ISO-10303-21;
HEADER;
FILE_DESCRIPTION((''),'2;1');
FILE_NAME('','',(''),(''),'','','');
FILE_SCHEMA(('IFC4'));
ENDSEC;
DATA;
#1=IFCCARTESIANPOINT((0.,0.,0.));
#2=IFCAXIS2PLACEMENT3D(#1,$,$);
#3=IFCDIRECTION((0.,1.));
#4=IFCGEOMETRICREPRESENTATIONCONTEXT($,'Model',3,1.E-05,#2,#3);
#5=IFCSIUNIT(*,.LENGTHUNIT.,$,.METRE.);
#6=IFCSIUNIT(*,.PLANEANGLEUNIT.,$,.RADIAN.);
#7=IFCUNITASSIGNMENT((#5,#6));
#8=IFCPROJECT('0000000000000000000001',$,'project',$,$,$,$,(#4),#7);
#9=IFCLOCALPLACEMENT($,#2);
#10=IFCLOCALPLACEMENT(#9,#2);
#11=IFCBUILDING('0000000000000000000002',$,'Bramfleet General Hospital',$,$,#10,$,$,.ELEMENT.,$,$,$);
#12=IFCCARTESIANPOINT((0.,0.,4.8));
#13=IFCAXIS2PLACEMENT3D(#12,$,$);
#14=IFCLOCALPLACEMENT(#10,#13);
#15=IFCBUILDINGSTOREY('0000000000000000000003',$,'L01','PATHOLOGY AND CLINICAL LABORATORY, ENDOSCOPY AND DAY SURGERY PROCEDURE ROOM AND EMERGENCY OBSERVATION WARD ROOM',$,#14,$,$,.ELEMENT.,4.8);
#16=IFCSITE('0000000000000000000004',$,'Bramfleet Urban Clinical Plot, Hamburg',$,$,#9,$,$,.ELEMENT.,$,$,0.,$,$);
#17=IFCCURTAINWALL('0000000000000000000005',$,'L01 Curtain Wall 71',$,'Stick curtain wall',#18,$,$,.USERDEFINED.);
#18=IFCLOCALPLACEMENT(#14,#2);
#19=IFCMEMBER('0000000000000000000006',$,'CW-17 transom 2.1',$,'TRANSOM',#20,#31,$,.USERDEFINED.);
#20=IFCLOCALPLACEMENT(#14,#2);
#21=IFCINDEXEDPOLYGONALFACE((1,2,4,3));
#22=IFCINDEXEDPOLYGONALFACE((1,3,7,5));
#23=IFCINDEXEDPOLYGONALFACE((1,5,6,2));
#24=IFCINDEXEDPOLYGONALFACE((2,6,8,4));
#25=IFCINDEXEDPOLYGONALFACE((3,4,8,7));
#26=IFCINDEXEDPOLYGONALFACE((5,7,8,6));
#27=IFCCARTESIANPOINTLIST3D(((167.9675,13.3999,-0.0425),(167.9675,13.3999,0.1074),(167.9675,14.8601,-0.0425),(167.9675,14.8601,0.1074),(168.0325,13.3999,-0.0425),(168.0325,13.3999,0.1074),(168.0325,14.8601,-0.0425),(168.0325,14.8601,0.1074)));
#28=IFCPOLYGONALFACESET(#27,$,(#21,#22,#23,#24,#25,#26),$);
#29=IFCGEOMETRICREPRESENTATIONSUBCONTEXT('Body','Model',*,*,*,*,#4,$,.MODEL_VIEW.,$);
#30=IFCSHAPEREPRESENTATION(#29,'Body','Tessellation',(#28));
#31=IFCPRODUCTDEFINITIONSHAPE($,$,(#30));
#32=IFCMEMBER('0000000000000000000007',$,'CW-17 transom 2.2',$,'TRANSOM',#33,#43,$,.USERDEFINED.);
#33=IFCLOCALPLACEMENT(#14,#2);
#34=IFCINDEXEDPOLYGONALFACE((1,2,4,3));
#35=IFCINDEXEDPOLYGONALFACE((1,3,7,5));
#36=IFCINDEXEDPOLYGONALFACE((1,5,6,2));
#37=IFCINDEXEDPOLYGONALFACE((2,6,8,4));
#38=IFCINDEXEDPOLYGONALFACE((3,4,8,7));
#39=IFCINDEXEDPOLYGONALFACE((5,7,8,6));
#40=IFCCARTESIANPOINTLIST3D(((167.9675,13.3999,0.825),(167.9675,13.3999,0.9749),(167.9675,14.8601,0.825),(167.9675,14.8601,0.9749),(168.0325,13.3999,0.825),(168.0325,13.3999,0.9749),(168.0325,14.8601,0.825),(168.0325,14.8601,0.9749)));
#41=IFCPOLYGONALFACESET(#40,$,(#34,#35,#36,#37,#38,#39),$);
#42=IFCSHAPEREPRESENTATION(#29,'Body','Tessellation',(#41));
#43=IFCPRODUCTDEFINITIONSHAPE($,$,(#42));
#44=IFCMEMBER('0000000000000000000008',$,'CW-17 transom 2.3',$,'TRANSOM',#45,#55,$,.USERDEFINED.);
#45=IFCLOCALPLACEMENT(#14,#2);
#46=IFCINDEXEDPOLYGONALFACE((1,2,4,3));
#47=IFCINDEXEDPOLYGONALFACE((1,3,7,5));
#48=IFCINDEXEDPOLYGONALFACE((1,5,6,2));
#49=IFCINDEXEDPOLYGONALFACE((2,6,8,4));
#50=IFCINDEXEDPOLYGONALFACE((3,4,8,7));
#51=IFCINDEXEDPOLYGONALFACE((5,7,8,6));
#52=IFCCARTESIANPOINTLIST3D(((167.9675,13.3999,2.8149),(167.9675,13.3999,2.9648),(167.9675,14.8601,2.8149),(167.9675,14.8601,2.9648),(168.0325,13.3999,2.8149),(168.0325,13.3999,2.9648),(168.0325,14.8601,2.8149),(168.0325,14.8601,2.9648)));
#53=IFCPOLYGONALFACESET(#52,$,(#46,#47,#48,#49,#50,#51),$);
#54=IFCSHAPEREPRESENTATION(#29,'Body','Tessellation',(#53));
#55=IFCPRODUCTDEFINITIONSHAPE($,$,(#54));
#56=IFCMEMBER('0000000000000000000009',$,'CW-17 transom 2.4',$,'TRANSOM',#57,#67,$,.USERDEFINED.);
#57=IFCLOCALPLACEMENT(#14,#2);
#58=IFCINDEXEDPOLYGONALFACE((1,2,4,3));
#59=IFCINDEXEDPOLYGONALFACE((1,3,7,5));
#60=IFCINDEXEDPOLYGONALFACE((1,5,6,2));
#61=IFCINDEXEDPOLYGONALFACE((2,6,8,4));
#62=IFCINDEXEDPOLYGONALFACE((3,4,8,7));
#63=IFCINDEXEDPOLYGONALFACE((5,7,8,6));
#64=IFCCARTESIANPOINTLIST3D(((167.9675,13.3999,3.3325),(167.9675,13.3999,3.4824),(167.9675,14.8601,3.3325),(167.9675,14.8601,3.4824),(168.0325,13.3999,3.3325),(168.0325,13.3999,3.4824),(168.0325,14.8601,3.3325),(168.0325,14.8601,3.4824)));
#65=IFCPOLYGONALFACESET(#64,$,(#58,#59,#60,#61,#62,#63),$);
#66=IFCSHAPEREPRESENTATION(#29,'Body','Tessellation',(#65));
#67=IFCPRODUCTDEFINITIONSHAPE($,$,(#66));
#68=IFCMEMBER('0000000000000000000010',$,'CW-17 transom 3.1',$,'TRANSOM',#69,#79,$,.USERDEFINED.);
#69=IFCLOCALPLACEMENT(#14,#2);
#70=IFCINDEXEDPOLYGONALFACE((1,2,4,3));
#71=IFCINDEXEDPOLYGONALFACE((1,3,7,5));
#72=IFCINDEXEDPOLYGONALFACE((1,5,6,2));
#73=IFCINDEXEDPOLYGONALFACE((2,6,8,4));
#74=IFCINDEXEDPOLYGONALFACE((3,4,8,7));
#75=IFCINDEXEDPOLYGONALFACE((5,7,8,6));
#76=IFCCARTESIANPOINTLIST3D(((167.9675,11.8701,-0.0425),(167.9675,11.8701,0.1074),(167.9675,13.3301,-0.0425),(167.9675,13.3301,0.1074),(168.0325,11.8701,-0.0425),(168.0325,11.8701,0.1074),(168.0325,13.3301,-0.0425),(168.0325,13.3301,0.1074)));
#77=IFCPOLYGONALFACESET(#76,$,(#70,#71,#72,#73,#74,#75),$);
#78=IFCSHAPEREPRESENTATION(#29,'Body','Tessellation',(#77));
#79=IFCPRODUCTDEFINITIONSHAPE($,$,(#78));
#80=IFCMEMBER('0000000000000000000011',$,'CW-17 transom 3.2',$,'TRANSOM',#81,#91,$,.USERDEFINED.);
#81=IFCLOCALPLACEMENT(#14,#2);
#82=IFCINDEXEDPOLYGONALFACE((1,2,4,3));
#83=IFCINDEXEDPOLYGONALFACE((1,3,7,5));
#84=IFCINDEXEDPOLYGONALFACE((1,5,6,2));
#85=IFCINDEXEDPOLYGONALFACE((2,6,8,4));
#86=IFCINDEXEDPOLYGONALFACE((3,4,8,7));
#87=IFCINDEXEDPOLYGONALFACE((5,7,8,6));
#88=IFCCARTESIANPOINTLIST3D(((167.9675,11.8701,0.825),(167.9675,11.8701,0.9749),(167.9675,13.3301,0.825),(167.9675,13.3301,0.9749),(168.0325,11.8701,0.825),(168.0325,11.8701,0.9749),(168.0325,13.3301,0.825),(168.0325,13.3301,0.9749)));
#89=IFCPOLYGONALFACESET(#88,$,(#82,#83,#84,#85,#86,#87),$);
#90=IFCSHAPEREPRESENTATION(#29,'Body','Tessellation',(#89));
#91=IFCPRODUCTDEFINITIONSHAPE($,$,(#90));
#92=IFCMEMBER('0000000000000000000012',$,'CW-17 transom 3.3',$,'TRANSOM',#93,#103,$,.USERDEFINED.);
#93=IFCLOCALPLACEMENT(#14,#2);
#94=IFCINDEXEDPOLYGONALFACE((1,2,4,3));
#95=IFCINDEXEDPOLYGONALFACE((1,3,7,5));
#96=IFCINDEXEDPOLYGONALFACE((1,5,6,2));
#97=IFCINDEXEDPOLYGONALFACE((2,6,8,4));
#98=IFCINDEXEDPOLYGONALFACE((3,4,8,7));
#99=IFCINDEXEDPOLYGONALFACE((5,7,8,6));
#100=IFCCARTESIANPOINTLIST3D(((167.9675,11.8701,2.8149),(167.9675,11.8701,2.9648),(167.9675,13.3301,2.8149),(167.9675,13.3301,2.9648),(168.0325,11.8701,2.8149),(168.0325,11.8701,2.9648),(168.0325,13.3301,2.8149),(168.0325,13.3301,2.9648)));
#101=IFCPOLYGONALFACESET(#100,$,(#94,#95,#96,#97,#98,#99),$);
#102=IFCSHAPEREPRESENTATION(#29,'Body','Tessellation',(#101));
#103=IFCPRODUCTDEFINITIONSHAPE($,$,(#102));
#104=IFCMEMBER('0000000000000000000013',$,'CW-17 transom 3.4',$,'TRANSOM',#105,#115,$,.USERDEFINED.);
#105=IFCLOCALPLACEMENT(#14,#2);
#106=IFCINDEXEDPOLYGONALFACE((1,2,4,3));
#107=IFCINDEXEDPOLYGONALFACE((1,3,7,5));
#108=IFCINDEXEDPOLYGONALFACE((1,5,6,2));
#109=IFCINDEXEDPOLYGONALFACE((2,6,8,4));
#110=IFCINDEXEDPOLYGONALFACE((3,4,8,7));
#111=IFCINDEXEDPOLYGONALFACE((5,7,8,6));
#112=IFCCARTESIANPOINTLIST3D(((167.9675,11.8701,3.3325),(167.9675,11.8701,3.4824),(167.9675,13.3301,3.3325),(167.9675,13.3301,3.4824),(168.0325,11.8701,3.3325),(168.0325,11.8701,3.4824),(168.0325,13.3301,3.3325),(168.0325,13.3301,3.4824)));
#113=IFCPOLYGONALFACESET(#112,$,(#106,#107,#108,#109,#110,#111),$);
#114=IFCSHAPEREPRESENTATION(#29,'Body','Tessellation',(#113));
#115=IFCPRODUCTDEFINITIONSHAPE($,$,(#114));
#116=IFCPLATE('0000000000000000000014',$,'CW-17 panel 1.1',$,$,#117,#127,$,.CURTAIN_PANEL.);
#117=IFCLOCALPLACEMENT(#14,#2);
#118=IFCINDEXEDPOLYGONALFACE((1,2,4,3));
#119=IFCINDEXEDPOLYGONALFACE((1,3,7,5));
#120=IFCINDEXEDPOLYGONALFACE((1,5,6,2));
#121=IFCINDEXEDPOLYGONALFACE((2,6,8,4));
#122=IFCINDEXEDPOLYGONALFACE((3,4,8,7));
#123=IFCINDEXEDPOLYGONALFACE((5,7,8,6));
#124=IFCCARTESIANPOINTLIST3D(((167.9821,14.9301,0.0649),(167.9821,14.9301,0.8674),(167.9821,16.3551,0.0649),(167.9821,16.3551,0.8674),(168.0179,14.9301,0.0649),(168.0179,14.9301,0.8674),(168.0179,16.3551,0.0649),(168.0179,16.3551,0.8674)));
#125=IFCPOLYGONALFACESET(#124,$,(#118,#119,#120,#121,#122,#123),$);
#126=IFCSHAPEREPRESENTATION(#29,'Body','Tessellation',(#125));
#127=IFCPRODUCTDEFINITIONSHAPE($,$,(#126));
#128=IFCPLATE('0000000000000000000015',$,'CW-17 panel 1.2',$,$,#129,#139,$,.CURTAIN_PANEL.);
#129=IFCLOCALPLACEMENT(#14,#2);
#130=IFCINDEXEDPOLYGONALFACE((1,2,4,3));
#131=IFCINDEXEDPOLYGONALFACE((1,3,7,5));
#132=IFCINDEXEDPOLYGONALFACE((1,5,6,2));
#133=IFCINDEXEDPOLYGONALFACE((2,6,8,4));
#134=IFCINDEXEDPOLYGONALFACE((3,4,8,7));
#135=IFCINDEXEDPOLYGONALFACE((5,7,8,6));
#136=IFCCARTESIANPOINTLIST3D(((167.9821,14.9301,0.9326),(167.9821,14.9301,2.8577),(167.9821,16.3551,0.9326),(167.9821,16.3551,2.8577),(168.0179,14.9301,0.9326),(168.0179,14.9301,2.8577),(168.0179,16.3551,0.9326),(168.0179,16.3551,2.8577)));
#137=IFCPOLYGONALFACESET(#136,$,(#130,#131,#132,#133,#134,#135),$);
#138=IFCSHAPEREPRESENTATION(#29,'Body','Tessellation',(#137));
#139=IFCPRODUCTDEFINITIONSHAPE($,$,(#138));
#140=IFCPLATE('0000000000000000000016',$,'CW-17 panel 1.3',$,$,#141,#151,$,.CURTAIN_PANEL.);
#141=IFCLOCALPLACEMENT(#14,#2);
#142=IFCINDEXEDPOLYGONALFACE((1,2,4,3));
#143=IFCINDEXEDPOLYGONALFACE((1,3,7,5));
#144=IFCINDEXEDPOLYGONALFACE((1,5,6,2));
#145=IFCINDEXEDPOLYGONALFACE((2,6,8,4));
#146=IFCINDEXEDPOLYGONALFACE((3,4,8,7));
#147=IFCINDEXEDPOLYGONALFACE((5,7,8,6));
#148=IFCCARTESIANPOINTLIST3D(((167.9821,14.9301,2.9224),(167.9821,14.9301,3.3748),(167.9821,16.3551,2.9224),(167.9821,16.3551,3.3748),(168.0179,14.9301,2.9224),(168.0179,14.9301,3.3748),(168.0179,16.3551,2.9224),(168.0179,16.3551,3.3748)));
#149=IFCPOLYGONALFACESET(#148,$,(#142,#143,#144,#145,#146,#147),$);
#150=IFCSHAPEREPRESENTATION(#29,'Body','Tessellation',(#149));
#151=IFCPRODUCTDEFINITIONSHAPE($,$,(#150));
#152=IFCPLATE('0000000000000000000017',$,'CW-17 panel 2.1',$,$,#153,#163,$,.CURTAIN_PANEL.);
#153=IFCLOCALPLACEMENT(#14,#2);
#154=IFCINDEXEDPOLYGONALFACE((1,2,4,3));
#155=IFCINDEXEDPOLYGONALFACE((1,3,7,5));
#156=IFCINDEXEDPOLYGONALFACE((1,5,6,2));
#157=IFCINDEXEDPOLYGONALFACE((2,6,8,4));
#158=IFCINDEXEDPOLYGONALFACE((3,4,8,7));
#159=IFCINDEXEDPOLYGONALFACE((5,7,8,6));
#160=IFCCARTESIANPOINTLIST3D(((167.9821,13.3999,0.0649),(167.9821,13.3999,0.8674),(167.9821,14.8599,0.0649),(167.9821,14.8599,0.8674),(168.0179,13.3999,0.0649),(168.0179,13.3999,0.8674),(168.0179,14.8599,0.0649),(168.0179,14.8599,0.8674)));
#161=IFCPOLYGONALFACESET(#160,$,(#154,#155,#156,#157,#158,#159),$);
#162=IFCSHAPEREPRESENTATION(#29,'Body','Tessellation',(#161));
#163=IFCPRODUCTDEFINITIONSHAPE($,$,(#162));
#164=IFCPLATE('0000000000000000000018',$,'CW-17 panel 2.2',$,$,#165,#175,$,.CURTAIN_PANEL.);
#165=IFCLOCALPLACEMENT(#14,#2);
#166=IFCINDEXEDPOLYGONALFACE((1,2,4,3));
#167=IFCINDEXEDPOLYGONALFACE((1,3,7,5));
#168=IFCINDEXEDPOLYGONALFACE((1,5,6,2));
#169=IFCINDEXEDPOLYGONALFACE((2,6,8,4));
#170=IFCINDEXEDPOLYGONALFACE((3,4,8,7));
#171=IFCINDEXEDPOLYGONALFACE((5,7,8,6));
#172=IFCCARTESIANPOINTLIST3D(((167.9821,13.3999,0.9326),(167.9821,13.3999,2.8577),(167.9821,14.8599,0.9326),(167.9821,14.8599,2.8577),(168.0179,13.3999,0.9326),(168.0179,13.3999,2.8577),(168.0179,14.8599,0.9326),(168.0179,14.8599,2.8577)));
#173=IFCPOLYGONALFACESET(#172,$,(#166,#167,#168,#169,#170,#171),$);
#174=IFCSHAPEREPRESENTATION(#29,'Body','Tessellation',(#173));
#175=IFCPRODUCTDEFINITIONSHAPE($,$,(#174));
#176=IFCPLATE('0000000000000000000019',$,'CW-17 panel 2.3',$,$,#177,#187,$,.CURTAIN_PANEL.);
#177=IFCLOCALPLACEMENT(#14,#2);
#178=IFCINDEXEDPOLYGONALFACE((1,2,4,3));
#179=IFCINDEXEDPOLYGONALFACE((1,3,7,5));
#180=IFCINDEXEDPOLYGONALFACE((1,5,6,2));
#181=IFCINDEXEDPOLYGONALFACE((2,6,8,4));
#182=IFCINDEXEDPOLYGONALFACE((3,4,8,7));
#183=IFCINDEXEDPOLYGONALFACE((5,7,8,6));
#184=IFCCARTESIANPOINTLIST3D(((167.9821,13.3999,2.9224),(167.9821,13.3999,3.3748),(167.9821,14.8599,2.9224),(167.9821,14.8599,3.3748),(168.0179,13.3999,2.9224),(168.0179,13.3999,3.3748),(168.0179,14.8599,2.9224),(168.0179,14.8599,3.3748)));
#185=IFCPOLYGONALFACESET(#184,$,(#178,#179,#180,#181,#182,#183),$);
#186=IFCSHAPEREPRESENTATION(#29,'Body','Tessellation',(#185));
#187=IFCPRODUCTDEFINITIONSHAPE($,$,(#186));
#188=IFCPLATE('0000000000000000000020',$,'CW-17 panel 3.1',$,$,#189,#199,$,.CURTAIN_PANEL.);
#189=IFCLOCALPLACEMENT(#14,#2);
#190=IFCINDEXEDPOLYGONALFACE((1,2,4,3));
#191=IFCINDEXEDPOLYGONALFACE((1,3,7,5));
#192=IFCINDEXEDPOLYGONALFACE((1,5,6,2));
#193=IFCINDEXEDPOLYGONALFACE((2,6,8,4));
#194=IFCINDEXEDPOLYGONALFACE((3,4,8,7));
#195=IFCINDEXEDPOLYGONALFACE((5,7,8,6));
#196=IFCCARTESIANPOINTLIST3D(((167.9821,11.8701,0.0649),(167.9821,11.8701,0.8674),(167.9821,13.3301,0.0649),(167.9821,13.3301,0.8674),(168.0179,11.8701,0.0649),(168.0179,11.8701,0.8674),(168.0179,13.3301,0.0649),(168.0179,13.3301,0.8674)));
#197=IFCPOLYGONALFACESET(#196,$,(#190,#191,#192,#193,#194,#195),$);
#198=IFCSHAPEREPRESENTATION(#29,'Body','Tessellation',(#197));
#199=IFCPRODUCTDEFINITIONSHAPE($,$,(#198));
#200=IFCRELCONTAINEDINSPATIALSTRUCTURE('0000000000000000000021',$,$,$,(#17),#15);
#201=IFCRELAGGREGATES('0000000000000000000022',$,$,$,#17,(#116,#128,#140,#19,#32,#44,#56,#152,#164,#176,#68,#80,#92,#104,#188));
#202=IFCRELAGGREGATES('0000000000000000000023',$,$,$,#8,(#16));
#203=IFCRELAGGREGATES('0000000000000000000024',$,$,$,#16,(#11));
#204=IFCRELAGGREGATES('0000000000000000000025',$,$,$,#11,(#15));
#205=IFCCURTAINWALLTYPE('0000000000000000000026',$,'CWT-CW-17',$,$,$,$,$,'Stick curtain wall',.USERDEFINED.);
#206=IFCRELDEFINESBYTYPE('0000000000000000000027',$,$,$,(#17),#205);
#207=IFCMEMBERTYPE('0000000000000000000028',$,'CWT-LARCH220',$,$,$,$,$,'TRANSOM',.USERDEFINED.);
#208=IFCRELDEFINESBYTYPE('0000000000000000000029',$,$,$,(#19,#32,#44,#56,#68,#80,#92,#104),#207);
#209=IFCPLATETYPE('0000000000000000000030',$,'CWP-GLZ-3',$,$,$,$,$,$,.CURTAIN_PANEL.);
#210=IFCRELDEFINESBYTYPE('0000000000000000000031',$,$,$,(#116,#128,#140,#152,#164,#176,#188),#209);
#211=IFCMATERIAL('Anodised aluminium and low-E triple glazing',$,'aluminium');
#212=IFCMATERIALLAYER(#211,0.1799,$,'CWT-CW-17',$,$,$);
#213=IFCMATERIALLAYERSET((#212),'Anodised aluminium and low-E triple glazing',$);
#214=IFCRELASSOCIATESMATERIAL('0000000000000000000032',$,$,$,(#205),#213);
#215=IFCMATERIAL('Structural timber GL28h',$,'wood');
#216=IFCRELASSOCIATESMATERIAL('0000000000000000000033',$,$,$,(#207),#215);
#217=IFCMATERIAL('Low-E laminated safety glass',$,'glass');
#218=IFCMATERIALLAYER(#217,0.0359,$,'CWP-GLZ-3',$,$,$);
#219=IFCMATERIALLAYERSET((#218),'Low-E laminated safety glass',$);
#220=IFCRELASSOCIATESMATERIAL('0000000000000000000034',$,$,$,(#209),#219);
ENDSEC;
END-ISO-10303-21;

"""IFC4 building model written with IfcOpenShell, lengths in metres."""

from ifc_helpers import new_model, si_unit, direction, frame, origin, origin_2d, place, context, subcontext, project, spatial, rectangle, extrude, material, layer, layer_set, material_profile, profile_set, type_object, element, aggregate, save


model = new_model("IFC4")

# Units and contexts
model_context = context("Model", 3, precision=1e-05, world=origin(), true_north=direction((0.0, 1.0)))
body_context = subcontext(model_context, "Body", "Model", "MODEL_VIEW")
ifc_project = project(units=[si_unit("LENGTHUNIT", "METRE"), si_unit("PLANEANGLEUNIT", "RADIAN")], contexts=[model_context])

# Site, building, storey
site_placement = place(None, origin())
site = spatial("IfcSite", under=ifc_project, at=site_placement, Name="Bramfleet Urban Clinical Plot, Hamburg", CompositionType="ELEMENT", RefElevation=0.0)
building_placement = place(site_placement, origin())
building = spatial("IfcBuilding", under=site, at=building_placement, Name="Bramfleet General Hospital", CompositionType="ELEMENT")
storey_placement = place(building_placement, frame((0.0, 0.0, 4.8)))
storey = spatial("IfcBuildingStorey", under=building, at=storey_placement, Name="L01", Description="PATHOLOGY AND CLINICAL LABORATORY, ENDOSCOPY AND DAY SURGERY PROCEDURE ROOM AND EMERGENCY OBSERVATION WARD ROOM", CompositionType="ELEMENT", Elevation=4.8)

# Shared definitions
ifc_material_1 = material(Name="Anodised aluminium and low-E triple glazing", Category="aluminium")
ifc_material_2 = material(Name="Structural timber GL28h", Category="wood")

# Curtain wall, members, plates
ifc_layer_1 = layer(ifc_material_1, 0.1799, Name="CWT-CW-17")
ifc_layer_set_1 = layer_set([ifc_layer_1], Name="Anodised aluminium and low-E triple glazing")
curtain_wall_type_1 = type_object("IfcCurtainWallType", Name="CWT-CW-17", ElementType="Stick curtain wall", PredefinedType="USERDEFINED", material=ifc_layer_set_1)
curtain_wall_1_placement = place(storey_placement, origin())
curtain_wall_1 = element("IfcCurtainWall", 1, at=curtain_wall_1_placement, inside=storey, type_object=curtain_wall_type_1, Name="L01 Curtain Wall 71", ObjectType="Stick curtain wall", PredefinedType="USERDEFINED")
ifc_material_profile_1 = material_profile(ifc_material_2, rectangle(XDim=0.0649, YDim=0.1499, at=origin_2d()), Name="LARCH 150x65")
ifc_profile_set_1 = profile_set([ifc_material_profile_1], Name="Structural timber GL28h")
member_type_1 = type_object("IfcMemberType", Name="CWT-LARCH220", ElementType="TRANSOM", PredefinedType="USERDEFINED", material=ifc_profile_set_1)
member_1_placement = place(storey_placement, frame((168.0, 14.8601, 0.0325), z_axis=(0.0, -1.0, 0.0), x_axis=(1.0, 0.0, 0.0)))
member_1 = element("IfcMember", 2, at=member_1_placement, type_object=member_type_1, Name="CW-17 transom 2.1", ObjectType="TRANSOM", PredefinedType="USERDEFINED", context=body_context, shape_type="SweptSolid", body=[
    extrude(rectangle(XDim=0.0649, YDim=0.1499, at=origin_2d()), origin(), (0.0, 0.0, 1.0), 1.4602),
])
member_2_placement = place(storey_placement, frame((168.0, 14.8601, 0.8999), z_axis=(0.0, -1.0, 0.0), x_axis=(1.0, 0.0, 0.0)))
member_2 = element("IfcMember", 3, at=member_2_placement, type_object=member_type_1, Name="CW-17 transom 2.2", ObjectType="TRANSOM", PredefinedType="USERDEFINED", context=body_context, shape_type="SweptSolid", body=[
    extrude(rectangle(XDim=0.0649, YDim=0.1499, at=origin_2d()), origin(), (0.0, 0.0, 1.0), 1.4602),
])
member_3_placement = place(storey_placement, frame((168.0, 14.8601, 2.8899), z_axis=(0.0, -1.0, 0.0), x_axis=(1.0, 0.0, 0.0)))
member_3 = element("IfcMember", 4, at=member_3_placement, type_object=member_type_1, Name="CW-17 transom 2.3", ObjectType="TRANSOM", PredefinedType="USERDEFINED", context=body_context, shape_type="SweptSolid", body=[
    extrude(rectangle(XDim=0.0649, YDim=0.1499, at=origin_2d()), origin(), (0.0, 0.0, 1.0), 1.4602),
])
member_4_placement = place(storey_placement, frame((168.0, 14.8601, 3.4075), z_axis=(0.0, -1.0, 0.0), x_axis=(1.0, 0.0, 0.0)))
member_4 = element("IfcMember", 5, at=member_4_placement, type_object=member_type_1, Name="CW-17 transom 2.4", ObjectType="TRANSOM", PredefinedType="USERDEFINED", context=body_context, shape_type="SweptSolid", body=[
    extrude(rectangle(XDim=0.0649, YDim=0.1499, at=origin_2d()), origin(), (0.0, 0.0, 1.0), 1.4602),
])
member_5_placement = place(storey_placement, frame((168.0, 13.3301, 0.0325), z_axis=(0.0, -1.0, 0.0), x_axis=(1.0, 0.0, 0.0)))
member_5 = element("IfcMember", 6, at=member_5_placement, type_object=member_type_1, Name="CW-17 transom 3.1", ObjectType="TRANSOM", PredefinedType="USERDEFINED", context=body_context, shape_type="SweptSolid", body=[
    extrude(rectangle(XDim=0.0649, YDim=0.1499, at=origin_2d()), origin(), (0.0, 0.0, 1.0), 1.46),
])
member_6_placement = place(storey_placement, frame((168.0, 13.3301, 0.8999), z_axis=(0.0, -1.0, 0.0), x_axis=(1.0, 0.0, 0.0)))
member_6 = element("IfcMember", 7, at=member_6_placement, type_object=member_type_1, Name="CW-17 transom 3.2", ObjectType="TRANSOM", PredefinedType="USERDEFINED", context=body_context, shape_type="SweptSolid", body=[
    extrude(rectangle(XDim=0.0649, YDim=0.1499, at=origin_2d()), origin(), (0.0, 0.0, 1.0), 1.46),
])
member_7_placement = place(storey_placement, frame((168.0, 13.3301, 2.8899), z_axis=(0.0, -1.0, 0.0), x_axis=(1.0, 0.0, 0.0)))
member_7 = element("IfcMember", 8, at=member_7_placement, type_object=member_type_1, Name="CW-17 transom 3.3", ObjectType="TRANSOM", PredefinedType="USERDEFINED", context=body_context, shape_type="SweptSolid", body=[
    extrude(rectangle(XDim=0.0649, YDim=0.1499, at=origin_2d()), origin(), (0.0, 0.0, 1.0), 1.46),
])
member_8_placement = place(storey_placement, frame((168.0, 13.3301, 3.4075), z_axis=(0.0, -1.0, 0.0), x_axis=(1.0, 0.0, 0.0)))
member_8 = element("IfcMember", 9, at=member_8_placement, type_object=member_type_1, Name="CW-17 transom 3.4", ObjectType="TRANSOM", PredefinedType="USERDEFINED", context=body_context, shape_type="SweptSolid", body=[
    extrude(rectangle(XDim=0.0649, YDim=0.1499, at=origin_2d()), origin(), (0.0, 0.0, 1.0), 1.46),
])
ifc_material_3 = material(Name="Low-E laminated safety glass", Category="glass")
ifc_layer_2 = layer(ifc_material_3, 0.0359, Name="CWP-GLZ-3")
ifc_layer_set_2 = layer_set([ifc_layer_2], Name="Low-E laminated safety glass")
plate_type = type_object("IfcPlateType", Name="CWP-GLZ-3", PredefinedType="CURTAIN_PANEL", material=ifc_layer_set_2)
plate_1_placement = place(storey_placement, frame((168.0, 15.6426, 0.0649), z_axis=(0.0, 0.0, 1.0), x_axis=(0.0, -1.0, 0.0)))
plate_1 = element("IfcPlate", 10, at=plate_1_placement, type_object=plate_type, Name="CW-17 panel 1.1", PredefinedType="CURTAIN_PANEL", context=body_context, shape_type="SweptSolid", body=[
    extrude(rectangle(XDim=1.425, YDim=0.0359, at=origin_2d()), origin(), (0.0, 0.0, 1.0), 0.8025),
])
plate_2_placement = place(storey_placement, frame((168.0, 15.6426, 0.9326), z_axis=(0.0, 0.0, 1.0), x_axis=(0.0, -1.0, 0.0)))
plate_2 = element("IfcPlate", 11, at=plate_2_placement, type_object=plate_type, Name="CW-17 panel 1.2", PredefinedType="CURTAIN_PANEL", context=body_context, shape_type="SweptSolid", body=[
    extrude(rectangle(XDim=1.425, YDim=0.0359, at=origin_2d()), origin(), (0.0, 0.0, 1.0), 1.925),
])
plate_3_placement = place(storey_placement, frame((168.0, 15.6426, 2.9224), z_axis=(0.0, 0.0, 1.0), x_axis=(0.0, -1.0, 0.0)))
plate_3 = element("IfcPlate", 12, at=plate_3_placement, type_object=plate_type, Name="CW-17 panel 1.3", PredefinedType="CURTAIN_PANEL", context=body_context, shape_type="SweptSolid", body=[
    extrude(rectangle(XDim=1.425, YDim=0.0359, at=origin_2d()), origin(), (0.0, 0.0, 1.0), 0.4524),
])
plate_4_placement = place(storey_placement, frame((168.0, 14.1299, 0.0649), z_axis=(0.0, 0.0, 1.0), x_axis=(0.0, -1.0, 0.0)))
plate_4 = element("IfcPlate", 13, at=plate_4_placement, type_object=plate_type, Name="CW-17 panel 2.1", PredefinedType="CURTAIN_PANEL", context=body_context, shape_type="SweptSolid", body=[
    extrude(rectangle(XDim=1.46, YDim=0.0359, at=origin_2d()), origin(), (0.0, 0.0, 1.0), 0.8025),
])
plate_5_placement = place(storey_placement, frame((168.0, 14.1299, 0.9326), z_axis=(0.0, 0.0, 1.0), x_axis=(0.0, -1.0, 0.0)))
plate_5 = element("IfcPlate", 14, at=plate_5_placement, type_object=plate_type, Name="CW-17 panel 2.2", PredefinedType="CURTAIN_PANEL", context=body_context, shape_type="SweptSolid", body=[
    extrude(rectangle(XDim=1.46, YDim=0.0359, at=origin_2d()), origin(), (0.0, 0.0, 1.0), 1.925),
])
plate_6_placement = place(storey_placement, frame((168.0, 14.1299, 2.9224), z_axis=(0.0, 0.0, 1.0), x_axis=(0.0, -1.0, 0.0)))
plate_6 = element("IfcPlate", 15, at=plate_6_placement, type_object=plate_type, Name="CW-17 panel 2.3", PredefinedType="CURTAIN_PANEL", context=body_context, shape_type="SweptSolid", body=[
    extrude(rectangle(XDim=1.46, YDim=0.0359, at=origin_2d()), origin(), (0.0, 0.0, 1.0), 0.4524),
])
plate_7_placement = place(storey_placement, frame((168.0, 12.6001, 0.0649), z_axis=(0.0, 0.0, 1.0), x_axis=(0.0, -1.0, 0.0)))
plate_7 = element("IfcPlate", 16, at=plate_7_placement, type_object=plate_type, Name="CW-17 panel 3.1", PredefinedType="CURTAIN_PANEL", context=body_context, shape_type="SweptSolid", body=[
    extrude(rectangle(XDim=1.46, YDim=0.0359, at=origin_2d()), origin(), (0.0, 0.0, 1.0), 0.8025),
])
aggregate(curtain_wall_1, [plate_1, plate_2, plate_3, member_1, member_2, member_3, member_4, plate_4, plate_5, plate_6, member_5, member_6, member_7, member_8, plate_7])

save(model, "model.ifc")
